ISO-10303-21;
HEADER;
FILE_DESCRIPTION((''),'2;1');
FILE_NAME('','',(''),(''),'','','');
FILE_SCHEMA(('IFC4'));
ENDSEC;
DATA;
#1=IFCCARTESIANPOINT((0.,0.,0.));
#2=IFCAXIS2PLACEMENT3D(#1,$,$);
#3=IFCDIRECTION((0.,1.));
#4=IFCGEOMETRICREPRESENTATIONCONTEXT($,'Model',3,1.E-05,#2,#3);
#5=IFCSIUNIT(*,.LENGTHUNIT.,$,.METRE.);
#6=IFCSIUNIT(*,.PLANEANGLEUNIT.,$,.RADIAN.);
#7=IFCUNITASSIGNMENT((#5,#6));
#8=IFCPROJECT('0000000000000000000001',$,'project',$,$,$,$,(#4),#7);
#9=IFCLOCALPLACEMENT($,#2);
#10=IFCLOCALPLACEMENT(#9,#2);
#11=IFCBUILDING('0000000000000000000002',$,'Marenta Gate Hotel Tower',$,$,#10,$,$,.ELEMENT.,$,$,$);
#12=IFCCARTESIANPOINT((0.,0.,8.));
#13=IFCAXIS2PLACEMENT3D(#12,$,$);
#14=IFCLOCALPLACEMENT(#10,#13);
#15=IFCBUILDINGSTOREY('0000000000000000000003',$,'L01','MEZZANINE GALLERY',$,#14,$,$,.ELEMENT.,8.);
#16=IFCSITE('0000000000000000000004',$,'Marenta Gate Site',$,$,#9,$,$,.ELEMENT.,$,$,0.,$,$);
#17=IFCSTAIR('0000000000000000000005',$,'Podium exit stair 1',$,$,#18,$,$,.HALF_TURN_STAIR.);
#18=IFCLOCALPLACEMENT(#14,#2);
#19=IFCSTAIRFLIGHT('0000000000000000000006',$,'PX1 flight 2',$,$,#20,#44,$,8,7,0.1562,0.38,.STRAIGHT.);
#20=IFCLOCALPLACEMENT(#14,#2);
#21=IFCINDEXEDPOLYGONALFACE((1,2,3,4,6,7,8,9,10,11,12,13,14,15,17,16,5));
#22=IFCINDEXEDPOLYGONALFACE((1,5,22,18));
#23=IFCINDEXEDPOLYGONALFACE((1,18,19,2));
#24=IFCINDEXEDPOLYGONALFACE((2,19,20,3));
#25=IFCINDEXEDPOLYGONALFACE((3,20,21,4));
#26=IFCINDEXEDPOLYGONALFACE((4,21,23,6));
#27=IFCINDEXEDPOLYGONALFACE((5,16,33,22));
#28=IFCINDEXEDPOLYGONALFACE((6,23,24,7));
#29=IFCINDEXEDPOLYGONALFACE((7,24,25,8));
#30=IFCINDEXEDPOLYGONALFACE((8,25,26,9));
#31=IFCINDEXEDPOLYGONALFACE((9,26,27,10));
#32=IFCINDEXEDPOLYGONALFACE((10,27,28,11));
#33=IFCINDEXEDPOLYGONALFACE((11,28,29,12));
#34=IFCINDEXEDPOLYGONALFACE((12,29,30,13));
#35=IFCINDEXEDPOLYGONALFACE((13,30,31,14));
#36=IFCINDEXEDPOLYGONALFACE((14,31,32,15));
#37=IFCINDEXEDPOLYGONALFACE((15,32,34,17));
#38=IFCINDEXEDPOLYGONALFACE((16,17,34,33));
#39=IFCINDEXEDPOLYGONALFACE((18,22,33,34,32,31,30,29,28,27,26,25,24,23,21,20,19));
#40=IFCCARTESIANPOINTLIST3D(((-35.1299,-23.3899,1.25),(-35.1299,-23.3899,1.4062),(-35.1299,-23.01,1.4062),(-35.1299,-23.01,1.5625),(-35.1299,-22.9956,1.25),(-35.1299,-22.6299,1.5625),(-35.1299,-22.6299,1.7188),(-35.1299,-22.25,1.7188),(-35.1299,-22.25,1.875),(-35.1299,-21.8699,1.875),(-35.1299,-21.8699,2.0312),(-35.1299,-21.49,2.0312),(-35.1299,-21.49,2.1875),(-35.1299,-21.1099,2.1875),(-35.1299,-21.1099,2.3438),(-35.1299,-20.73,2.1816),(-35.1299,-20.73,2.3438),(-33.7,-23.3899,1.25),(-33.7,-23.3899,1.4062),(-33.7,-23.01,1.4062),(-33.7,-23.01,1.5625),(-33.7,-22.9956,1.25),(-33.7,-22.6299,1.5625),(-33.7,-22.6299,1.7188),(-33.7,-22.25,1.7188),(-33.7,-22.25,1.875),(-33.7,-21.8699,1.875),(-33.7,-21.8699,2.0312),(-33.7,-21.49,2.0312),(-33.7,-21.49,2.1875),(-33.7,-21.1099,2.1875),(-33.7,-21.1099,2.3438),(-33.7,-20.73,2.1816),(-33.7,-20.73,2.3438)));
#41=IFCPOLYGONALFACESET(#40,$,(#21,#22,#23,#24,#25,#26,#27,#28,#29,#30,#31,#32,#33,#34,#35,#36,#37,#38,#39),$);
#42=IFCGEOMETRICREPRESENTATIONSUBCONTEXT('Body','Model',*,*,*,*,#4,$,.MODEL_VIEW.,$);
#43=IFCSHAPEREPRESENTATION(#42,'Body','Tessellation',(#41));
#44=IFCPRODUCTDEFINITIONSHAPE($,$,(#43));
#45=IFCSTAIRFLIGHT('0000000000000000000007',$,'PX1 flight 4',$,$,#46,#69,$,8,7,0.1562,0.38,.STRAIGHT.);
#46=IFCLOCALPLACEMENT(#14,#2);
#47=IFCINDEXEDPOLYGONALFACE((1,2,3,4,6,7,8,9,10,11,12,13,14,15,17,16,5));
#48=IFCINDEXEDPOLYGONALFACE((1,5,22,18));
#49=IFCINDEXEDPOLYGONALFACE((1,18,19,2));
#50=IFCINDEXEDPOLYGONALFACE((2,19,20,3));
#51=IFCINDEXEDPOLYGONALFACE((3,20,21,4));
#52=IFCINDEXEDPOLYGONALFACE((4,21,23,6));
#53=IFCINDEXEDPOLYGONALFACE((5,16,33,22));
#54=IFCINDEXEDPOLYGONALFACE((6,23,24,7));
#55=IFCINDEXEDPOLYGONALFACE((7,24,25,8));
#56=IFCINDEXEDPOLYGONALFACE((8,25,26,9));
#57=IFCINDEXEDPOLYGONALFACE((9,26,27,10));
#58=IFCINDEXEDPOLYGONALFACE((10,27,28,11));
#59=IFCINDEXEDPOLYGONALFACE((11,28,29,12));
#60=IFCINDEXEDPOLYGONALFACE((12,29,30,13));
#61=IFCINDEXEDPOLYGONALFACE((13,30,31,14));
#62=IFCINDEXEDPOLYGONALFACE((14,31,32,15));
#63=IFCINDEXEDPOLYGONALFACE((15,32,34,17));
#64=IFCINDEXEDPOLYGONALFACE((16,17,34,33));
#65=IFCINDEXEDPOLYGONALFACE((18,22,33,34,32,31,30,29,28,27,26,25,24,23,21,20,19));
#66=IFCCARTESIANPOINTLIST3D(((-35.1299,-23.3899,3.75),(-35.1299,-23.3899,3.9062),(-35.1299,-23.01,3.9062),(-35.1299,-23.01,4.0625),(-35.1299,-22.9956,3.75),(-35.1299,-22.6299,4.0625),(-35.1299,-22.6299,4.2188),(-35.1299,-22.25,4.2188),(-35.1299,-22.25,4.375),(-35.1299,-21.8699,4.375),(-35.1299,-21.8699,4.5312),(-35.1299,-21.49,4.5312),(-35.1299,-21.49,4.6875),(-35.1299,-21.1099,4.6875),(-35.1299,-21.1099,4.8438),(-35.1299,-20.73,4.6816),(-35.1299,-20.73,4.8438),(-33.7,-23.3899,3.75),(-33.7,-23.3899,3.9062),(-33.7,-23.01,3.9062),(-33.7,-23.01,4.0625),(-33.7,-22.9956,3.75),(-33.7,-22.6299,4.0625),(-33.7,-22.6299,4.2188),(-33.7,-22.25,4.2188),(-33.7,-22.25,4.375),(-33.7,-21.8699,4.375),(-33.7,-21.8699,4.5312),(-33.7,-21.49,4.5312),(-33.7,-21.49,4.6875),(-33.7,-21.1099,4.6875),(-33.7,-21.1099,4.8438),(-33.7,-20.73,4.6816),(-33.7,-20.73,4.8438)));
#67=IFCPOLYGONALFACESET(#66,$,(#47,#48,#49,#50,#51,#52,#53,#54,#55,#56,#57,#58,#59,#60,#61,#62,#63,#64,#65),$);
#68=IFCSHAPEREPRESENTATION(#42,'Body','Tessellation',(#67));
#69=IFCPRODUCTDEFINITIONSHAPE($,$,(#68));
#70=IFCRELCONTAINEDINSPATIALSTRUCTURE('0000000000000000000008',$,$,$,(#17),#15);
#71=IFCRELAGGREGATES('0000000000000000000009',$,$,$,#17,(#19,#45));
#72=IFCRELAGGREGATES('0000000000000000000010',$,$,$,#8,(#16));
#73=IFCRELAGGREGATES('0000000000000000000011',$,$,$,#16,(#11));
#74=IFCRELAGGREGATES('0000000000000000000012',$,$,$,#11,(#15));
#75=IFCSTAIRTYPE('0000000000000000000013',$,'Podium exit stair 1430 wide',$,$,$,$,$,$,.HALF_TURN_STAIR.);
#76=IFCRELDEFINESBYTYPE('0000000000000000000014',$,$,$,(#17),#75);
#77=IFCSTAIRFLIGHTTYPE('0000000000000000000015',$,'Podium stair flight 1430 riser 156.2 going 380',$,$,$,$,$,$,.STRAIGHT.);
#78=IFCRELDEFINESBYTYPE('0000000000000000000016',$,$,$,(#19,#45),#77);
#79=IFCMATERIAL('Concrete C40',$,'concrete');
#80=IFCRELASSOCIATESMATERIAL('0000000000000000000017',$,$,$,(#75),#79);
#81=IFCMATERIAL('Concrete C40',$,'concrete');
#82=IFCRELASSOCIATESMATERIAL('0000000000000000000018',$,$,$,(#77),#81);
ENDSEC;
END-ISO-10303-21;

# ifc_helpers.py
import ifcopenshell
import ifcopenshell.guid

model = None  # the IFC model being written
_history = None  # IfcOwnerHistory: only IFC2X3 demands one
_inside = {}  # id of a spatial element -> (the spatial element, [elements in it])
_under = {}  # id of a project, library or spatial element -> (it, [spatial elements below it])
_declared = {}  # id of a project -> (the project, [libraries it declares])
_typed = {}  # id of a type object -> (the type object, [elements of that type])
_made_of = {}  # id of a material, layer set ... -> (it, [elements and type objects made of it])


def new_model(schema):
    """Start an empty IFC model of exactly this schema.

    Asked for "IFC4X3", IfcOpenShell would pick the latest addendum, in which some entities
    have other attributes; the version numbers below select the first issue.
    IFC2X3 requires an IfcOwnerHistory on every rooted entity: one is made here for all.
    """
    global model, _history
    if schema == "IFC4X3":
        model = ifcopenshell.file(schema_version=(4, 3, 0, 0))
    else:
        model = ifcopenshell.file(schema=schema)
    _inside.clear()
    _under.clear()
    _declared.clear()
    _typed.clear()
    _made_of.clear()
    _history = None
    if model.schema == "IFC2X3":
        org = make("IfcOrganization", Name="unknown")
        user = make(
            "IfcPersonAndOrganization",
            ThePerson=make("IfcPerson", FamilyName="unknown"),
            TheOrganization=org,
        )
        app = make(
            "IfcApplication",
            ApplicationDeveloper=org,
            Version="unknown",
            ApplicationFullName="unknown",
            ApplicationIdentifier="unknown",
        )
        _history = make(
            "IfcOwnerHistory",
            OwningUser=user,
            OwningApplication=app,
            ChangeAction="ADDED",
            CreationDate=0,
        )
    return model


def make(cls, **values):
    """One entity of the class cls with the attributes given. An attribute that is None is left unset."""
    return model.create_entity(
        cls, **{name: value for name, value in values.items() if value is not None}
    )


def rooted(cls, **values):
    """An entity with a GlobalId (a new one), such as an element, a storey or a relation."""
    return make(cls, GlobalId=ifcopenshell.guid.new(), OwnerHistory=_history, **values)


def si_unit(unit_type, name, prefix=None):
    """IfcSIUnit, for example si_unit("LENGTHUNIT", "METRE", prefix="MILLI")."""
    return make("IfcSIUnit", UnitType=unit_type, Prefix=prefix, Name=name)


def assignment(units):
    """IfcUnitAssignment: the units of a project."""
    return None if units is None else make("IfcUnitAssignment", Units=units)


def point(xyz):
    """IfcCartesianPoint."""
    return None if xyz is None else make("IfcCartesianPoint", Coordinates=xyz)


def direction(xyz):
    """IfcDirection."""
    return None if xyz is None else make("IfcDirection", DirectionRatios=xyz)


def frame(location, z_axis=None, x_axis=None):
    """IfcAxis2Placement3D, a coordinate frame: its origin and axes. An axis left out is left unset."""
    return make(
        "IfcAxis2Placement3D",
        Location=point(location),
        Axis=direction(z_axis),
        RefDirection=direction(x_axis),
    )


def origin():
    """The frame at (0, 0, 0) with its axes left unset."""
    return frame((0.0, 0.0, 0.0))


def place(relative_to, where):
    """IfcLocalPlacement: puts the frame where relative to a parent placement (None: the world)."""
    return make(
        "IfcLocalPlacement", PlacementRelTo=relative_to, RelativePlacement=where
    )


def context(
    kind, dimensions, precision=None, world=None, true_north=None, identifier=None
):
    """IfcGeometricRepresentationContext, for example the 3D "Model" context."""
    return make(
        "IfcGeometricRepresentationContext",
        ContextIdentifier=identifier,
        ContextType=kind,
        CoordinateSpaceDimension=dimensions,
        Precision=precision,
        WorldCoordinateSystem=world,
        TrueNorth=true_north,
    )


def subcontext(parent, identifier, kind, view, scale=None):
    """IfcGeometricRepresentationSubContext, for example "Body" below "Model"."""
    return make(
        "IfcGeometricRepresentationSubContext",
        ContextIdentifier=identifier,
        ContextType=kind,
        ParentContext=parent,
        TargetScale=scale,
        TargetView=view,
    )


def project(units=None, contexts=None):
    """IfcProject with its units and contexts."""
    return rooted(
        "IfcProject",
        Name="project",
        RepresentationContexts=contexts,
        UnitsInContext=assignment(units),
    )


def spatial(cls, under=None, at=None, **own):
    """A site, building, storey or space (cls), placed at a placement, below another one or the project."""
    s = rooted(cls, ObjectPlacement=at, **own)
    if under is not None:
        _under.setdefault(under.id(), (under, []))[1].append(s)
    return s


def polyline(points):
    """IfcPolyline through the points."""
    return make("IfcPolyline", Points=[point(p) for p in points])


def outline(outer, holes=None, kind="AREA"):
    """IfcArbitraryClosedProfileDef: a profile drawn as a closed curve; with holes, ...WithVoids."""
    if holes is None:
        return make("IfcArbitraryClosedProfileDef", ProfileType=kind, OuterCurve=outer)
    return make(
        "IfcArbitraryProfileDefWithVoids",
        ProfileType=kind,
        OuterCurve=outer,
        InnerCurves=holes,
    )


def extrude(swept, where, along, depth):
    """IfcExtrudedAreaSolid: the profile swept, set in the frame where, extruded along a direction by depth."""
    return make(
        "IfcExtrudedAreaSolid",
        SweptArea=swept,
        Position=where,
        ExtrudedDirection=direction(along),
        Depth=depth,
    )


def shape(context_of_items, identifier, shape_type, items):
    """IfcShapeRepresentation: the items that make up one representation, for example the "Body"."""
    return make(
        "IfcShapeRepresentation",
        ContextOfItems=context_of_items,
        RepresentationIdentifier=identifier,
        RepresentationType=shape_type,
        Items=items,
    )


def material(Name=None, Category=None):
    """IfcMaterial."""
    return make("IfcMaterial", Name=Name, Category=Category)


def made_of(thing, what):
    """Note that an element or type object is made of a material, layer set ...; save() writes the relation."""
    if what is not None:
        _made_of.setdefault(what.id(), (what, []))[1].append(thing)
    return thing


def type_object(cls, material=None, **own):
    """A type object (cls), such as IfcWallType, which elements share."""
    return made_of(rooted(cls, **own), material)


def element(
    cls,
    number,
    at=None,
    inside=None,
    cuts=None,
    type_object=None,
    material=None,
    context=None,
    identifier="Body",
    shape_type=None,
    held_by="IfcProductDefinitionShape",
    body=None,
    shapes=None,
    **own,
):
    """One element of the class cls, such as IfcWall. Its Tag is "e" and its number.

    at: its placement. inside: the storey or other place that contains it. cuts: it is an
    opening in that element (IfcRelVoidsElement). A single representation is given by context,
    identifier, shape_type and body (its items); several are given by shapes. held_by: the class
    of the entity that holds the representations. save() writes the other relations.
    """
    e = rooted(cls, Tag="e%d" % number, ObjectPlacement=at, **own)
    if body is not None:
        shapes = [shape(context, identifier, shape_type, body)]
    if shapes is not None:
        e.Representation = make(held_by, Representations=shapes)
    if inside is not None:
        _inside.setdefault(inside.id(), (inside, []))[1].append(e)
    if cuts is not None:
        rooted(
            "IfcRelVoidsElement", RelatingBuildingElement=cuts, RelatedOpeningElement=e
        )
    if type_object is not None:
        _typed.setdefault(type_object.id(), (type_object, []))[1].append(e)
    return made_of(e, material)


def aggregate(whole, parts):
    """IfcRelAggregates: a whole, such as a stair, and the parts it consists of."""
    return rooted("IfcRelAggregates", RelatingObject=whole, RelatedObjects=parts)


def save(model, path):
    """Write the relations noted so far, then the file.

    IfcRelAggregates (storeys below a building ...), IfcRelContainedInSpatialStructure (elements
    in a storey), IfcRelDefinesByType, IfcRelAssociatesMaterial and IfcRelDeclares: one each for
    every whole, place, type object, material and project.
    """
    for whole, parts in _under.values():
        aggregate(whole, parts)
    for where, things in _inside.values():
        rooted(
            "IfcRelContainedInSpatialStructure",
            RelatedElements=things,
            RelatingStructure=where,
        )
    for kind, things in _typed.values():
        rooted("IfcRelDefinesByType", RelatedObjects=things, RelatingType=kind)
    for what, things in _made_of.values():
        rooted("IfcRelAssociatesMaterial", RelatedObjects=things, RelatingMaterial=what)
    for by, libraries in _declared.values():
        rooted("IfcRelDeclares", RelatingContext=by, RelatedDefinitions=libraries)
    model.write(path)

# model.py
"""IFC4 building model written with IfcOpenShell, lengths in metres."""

from ifc_helpers import new_model, si_unit, direction, frame, origin, place, context, subcontext, project, spatial, polyline, outline, extrude, material, type_object, element, aggregate, save


model = new_model("IFC4")

# Units and contexts
model_context = context("Model", 3, precision=1e-05, world=origin(), true_north=direction((0.0, 1.0)))
body_context = subcontext(model_context, "Body", "Model", "MODEL_VIEW")
ifc_project = project(units=[si_unit("LENGTHUNIT", "METRE"), si_unit("PLANEANGLEUNIT", "RADIAN")], contexts=[model_context])

# Site, building, storey
site_placement = place(None, origin())
site = spatial("IfcSite", under=ifc_project, at=site_placement, Name="Marenta Gate Site", CompositionType="ELEMENT", RefElevation=0.0)
building_placement = place(site_placement, origin())
building = spatial("IfcBuilding", under=site, at=building_placement, Name="Marenta Gate Hotel Tower", CompositionType="ELEMENT")
storey_placement = place(building_placement, frame((0.0, 0.0, 8.0)))
storey = spatial("IfcBuildingStorey", under=building, at=storey_placement, Name="L01", Description="MEZZANINE GALLERY", CompositionType="ELEMENT", Elevation=8.0)

# Stair, stair flights
ifc_material_1 = material(Name="Concrete C40", Category="concrete")
stair_type = type_object("IfcStairType", Name="Podium exit stair 1430 wide", PredefinedType="HALF_TURN_STAIR", material=ifc_material_1)
stair_placement = place(storey_placement, origin())
stair = element("IfcStair", 1, at=stair_placement, inside=storey, type_object=stair_type, Name="Podium exit stair 1", PredefinedType="HALF_TURN_STAIR")
ifc_material_2 = material(Name="Concrete C40", Category="concrete")
stair_flight_type = type_object("IfcStairFlightType", Name="Podium stair flight 1430 riser 156.2 going 380", PredefinedType="STRAIGHT", material=ifc_material_2)
stair_flight_1_placement = place(storey_placement, frame((-34.415, -23.3899, 1.25), z_axis=(0.0, 0.0, 1.0), x_axis=(0.0, 1.0, 0.0)))
stair_flight_1 = element("IfcStairFlight", 2, at=stair_flight_1_placement, type_object=stair_flight_type, Name="PX1 flight 2", NumberOfRisers=8, NumberOfTreads=7, PredefinedType="STRAIGHT", RiserHeight=0.1562, TreadLength=0.38, context=body_context, shape_type="SweptSolid", body=[
    extrude(outline(polyline([(0.0, 0.0), (0.0, 0.1562), (0.3799, 0.1562), (0.3799, 0.3125), (0.76, 0.3125), (0.76, 0.4688), (1.1399, 0.4688), (1.1399, 0.625), (1.52, 0.625), (1.52, 0.7812), (1.8999, 0.7812), (1.8999, 0.9375), (2.28, 0.9375), (2.28, 1.0938), (2.6599, 1.0938), (2.6599, 1.25), (2.6599, 0.9316), (0.3943, 0.0), (0.0, 0.0)])), frame((0.0, 0.7148, 0.0), z_axis=(0.0, -1.0, 0.0), x_axis=(1.0, 0.0, 0.0)), (0.0, 0.0, 1.0), 1.4299),
])
stair_flight_2_placement = place(storey_placement, frame((-34.415, -23.3899, 3.75), z_axis=(0.0, 0.0, 1.0), x_axis=(0.0, 1.0, 0.0)))
stair_flight_2 = element("IfcStairFlight", 3, at=stair_flight_2_placement, type_object=stair_flight_type, Name="PX1 flight 4", NumberOfRisers=8, NumberOfTreads=7, PredefinedType="STRAIGHT", RiserHeight=0.1562, TreadLength=0.38, context=body_context, shape_type="SweptSolid", body=[
    extrude(outline(polyline([(0.0, 0.0), (0.0, 0.1562), (0.3799, 0.1562), (0.3799, 0.3125), (0.76, 0.3125), (0.76, 0.4688), (1.1399, 0.4688), (1.1399, 0.625), (1.52, 0.625), (1.52, 0.7812), (1.8999, 0.7812), (1.8999, 0.9375), (2.28, 0.9375), (2.28, 1.0938), (2.6599, 1.0938), (2.6599, 1.25), (2.6599, 0.9316), (0.3943, 0.0), (0.0, 0.0)])), frame((0.0, 0.7148, 0.0), z_axis=(0.0, -1.0, 0.0), x_axis=(1.0, 0.0, 0.0)), (0.0, 0.0, 1.0), 1.4299),
])
aggregate(stair, [stair_flight_1, stair_flight_2])

save(model, "model.ifc")
